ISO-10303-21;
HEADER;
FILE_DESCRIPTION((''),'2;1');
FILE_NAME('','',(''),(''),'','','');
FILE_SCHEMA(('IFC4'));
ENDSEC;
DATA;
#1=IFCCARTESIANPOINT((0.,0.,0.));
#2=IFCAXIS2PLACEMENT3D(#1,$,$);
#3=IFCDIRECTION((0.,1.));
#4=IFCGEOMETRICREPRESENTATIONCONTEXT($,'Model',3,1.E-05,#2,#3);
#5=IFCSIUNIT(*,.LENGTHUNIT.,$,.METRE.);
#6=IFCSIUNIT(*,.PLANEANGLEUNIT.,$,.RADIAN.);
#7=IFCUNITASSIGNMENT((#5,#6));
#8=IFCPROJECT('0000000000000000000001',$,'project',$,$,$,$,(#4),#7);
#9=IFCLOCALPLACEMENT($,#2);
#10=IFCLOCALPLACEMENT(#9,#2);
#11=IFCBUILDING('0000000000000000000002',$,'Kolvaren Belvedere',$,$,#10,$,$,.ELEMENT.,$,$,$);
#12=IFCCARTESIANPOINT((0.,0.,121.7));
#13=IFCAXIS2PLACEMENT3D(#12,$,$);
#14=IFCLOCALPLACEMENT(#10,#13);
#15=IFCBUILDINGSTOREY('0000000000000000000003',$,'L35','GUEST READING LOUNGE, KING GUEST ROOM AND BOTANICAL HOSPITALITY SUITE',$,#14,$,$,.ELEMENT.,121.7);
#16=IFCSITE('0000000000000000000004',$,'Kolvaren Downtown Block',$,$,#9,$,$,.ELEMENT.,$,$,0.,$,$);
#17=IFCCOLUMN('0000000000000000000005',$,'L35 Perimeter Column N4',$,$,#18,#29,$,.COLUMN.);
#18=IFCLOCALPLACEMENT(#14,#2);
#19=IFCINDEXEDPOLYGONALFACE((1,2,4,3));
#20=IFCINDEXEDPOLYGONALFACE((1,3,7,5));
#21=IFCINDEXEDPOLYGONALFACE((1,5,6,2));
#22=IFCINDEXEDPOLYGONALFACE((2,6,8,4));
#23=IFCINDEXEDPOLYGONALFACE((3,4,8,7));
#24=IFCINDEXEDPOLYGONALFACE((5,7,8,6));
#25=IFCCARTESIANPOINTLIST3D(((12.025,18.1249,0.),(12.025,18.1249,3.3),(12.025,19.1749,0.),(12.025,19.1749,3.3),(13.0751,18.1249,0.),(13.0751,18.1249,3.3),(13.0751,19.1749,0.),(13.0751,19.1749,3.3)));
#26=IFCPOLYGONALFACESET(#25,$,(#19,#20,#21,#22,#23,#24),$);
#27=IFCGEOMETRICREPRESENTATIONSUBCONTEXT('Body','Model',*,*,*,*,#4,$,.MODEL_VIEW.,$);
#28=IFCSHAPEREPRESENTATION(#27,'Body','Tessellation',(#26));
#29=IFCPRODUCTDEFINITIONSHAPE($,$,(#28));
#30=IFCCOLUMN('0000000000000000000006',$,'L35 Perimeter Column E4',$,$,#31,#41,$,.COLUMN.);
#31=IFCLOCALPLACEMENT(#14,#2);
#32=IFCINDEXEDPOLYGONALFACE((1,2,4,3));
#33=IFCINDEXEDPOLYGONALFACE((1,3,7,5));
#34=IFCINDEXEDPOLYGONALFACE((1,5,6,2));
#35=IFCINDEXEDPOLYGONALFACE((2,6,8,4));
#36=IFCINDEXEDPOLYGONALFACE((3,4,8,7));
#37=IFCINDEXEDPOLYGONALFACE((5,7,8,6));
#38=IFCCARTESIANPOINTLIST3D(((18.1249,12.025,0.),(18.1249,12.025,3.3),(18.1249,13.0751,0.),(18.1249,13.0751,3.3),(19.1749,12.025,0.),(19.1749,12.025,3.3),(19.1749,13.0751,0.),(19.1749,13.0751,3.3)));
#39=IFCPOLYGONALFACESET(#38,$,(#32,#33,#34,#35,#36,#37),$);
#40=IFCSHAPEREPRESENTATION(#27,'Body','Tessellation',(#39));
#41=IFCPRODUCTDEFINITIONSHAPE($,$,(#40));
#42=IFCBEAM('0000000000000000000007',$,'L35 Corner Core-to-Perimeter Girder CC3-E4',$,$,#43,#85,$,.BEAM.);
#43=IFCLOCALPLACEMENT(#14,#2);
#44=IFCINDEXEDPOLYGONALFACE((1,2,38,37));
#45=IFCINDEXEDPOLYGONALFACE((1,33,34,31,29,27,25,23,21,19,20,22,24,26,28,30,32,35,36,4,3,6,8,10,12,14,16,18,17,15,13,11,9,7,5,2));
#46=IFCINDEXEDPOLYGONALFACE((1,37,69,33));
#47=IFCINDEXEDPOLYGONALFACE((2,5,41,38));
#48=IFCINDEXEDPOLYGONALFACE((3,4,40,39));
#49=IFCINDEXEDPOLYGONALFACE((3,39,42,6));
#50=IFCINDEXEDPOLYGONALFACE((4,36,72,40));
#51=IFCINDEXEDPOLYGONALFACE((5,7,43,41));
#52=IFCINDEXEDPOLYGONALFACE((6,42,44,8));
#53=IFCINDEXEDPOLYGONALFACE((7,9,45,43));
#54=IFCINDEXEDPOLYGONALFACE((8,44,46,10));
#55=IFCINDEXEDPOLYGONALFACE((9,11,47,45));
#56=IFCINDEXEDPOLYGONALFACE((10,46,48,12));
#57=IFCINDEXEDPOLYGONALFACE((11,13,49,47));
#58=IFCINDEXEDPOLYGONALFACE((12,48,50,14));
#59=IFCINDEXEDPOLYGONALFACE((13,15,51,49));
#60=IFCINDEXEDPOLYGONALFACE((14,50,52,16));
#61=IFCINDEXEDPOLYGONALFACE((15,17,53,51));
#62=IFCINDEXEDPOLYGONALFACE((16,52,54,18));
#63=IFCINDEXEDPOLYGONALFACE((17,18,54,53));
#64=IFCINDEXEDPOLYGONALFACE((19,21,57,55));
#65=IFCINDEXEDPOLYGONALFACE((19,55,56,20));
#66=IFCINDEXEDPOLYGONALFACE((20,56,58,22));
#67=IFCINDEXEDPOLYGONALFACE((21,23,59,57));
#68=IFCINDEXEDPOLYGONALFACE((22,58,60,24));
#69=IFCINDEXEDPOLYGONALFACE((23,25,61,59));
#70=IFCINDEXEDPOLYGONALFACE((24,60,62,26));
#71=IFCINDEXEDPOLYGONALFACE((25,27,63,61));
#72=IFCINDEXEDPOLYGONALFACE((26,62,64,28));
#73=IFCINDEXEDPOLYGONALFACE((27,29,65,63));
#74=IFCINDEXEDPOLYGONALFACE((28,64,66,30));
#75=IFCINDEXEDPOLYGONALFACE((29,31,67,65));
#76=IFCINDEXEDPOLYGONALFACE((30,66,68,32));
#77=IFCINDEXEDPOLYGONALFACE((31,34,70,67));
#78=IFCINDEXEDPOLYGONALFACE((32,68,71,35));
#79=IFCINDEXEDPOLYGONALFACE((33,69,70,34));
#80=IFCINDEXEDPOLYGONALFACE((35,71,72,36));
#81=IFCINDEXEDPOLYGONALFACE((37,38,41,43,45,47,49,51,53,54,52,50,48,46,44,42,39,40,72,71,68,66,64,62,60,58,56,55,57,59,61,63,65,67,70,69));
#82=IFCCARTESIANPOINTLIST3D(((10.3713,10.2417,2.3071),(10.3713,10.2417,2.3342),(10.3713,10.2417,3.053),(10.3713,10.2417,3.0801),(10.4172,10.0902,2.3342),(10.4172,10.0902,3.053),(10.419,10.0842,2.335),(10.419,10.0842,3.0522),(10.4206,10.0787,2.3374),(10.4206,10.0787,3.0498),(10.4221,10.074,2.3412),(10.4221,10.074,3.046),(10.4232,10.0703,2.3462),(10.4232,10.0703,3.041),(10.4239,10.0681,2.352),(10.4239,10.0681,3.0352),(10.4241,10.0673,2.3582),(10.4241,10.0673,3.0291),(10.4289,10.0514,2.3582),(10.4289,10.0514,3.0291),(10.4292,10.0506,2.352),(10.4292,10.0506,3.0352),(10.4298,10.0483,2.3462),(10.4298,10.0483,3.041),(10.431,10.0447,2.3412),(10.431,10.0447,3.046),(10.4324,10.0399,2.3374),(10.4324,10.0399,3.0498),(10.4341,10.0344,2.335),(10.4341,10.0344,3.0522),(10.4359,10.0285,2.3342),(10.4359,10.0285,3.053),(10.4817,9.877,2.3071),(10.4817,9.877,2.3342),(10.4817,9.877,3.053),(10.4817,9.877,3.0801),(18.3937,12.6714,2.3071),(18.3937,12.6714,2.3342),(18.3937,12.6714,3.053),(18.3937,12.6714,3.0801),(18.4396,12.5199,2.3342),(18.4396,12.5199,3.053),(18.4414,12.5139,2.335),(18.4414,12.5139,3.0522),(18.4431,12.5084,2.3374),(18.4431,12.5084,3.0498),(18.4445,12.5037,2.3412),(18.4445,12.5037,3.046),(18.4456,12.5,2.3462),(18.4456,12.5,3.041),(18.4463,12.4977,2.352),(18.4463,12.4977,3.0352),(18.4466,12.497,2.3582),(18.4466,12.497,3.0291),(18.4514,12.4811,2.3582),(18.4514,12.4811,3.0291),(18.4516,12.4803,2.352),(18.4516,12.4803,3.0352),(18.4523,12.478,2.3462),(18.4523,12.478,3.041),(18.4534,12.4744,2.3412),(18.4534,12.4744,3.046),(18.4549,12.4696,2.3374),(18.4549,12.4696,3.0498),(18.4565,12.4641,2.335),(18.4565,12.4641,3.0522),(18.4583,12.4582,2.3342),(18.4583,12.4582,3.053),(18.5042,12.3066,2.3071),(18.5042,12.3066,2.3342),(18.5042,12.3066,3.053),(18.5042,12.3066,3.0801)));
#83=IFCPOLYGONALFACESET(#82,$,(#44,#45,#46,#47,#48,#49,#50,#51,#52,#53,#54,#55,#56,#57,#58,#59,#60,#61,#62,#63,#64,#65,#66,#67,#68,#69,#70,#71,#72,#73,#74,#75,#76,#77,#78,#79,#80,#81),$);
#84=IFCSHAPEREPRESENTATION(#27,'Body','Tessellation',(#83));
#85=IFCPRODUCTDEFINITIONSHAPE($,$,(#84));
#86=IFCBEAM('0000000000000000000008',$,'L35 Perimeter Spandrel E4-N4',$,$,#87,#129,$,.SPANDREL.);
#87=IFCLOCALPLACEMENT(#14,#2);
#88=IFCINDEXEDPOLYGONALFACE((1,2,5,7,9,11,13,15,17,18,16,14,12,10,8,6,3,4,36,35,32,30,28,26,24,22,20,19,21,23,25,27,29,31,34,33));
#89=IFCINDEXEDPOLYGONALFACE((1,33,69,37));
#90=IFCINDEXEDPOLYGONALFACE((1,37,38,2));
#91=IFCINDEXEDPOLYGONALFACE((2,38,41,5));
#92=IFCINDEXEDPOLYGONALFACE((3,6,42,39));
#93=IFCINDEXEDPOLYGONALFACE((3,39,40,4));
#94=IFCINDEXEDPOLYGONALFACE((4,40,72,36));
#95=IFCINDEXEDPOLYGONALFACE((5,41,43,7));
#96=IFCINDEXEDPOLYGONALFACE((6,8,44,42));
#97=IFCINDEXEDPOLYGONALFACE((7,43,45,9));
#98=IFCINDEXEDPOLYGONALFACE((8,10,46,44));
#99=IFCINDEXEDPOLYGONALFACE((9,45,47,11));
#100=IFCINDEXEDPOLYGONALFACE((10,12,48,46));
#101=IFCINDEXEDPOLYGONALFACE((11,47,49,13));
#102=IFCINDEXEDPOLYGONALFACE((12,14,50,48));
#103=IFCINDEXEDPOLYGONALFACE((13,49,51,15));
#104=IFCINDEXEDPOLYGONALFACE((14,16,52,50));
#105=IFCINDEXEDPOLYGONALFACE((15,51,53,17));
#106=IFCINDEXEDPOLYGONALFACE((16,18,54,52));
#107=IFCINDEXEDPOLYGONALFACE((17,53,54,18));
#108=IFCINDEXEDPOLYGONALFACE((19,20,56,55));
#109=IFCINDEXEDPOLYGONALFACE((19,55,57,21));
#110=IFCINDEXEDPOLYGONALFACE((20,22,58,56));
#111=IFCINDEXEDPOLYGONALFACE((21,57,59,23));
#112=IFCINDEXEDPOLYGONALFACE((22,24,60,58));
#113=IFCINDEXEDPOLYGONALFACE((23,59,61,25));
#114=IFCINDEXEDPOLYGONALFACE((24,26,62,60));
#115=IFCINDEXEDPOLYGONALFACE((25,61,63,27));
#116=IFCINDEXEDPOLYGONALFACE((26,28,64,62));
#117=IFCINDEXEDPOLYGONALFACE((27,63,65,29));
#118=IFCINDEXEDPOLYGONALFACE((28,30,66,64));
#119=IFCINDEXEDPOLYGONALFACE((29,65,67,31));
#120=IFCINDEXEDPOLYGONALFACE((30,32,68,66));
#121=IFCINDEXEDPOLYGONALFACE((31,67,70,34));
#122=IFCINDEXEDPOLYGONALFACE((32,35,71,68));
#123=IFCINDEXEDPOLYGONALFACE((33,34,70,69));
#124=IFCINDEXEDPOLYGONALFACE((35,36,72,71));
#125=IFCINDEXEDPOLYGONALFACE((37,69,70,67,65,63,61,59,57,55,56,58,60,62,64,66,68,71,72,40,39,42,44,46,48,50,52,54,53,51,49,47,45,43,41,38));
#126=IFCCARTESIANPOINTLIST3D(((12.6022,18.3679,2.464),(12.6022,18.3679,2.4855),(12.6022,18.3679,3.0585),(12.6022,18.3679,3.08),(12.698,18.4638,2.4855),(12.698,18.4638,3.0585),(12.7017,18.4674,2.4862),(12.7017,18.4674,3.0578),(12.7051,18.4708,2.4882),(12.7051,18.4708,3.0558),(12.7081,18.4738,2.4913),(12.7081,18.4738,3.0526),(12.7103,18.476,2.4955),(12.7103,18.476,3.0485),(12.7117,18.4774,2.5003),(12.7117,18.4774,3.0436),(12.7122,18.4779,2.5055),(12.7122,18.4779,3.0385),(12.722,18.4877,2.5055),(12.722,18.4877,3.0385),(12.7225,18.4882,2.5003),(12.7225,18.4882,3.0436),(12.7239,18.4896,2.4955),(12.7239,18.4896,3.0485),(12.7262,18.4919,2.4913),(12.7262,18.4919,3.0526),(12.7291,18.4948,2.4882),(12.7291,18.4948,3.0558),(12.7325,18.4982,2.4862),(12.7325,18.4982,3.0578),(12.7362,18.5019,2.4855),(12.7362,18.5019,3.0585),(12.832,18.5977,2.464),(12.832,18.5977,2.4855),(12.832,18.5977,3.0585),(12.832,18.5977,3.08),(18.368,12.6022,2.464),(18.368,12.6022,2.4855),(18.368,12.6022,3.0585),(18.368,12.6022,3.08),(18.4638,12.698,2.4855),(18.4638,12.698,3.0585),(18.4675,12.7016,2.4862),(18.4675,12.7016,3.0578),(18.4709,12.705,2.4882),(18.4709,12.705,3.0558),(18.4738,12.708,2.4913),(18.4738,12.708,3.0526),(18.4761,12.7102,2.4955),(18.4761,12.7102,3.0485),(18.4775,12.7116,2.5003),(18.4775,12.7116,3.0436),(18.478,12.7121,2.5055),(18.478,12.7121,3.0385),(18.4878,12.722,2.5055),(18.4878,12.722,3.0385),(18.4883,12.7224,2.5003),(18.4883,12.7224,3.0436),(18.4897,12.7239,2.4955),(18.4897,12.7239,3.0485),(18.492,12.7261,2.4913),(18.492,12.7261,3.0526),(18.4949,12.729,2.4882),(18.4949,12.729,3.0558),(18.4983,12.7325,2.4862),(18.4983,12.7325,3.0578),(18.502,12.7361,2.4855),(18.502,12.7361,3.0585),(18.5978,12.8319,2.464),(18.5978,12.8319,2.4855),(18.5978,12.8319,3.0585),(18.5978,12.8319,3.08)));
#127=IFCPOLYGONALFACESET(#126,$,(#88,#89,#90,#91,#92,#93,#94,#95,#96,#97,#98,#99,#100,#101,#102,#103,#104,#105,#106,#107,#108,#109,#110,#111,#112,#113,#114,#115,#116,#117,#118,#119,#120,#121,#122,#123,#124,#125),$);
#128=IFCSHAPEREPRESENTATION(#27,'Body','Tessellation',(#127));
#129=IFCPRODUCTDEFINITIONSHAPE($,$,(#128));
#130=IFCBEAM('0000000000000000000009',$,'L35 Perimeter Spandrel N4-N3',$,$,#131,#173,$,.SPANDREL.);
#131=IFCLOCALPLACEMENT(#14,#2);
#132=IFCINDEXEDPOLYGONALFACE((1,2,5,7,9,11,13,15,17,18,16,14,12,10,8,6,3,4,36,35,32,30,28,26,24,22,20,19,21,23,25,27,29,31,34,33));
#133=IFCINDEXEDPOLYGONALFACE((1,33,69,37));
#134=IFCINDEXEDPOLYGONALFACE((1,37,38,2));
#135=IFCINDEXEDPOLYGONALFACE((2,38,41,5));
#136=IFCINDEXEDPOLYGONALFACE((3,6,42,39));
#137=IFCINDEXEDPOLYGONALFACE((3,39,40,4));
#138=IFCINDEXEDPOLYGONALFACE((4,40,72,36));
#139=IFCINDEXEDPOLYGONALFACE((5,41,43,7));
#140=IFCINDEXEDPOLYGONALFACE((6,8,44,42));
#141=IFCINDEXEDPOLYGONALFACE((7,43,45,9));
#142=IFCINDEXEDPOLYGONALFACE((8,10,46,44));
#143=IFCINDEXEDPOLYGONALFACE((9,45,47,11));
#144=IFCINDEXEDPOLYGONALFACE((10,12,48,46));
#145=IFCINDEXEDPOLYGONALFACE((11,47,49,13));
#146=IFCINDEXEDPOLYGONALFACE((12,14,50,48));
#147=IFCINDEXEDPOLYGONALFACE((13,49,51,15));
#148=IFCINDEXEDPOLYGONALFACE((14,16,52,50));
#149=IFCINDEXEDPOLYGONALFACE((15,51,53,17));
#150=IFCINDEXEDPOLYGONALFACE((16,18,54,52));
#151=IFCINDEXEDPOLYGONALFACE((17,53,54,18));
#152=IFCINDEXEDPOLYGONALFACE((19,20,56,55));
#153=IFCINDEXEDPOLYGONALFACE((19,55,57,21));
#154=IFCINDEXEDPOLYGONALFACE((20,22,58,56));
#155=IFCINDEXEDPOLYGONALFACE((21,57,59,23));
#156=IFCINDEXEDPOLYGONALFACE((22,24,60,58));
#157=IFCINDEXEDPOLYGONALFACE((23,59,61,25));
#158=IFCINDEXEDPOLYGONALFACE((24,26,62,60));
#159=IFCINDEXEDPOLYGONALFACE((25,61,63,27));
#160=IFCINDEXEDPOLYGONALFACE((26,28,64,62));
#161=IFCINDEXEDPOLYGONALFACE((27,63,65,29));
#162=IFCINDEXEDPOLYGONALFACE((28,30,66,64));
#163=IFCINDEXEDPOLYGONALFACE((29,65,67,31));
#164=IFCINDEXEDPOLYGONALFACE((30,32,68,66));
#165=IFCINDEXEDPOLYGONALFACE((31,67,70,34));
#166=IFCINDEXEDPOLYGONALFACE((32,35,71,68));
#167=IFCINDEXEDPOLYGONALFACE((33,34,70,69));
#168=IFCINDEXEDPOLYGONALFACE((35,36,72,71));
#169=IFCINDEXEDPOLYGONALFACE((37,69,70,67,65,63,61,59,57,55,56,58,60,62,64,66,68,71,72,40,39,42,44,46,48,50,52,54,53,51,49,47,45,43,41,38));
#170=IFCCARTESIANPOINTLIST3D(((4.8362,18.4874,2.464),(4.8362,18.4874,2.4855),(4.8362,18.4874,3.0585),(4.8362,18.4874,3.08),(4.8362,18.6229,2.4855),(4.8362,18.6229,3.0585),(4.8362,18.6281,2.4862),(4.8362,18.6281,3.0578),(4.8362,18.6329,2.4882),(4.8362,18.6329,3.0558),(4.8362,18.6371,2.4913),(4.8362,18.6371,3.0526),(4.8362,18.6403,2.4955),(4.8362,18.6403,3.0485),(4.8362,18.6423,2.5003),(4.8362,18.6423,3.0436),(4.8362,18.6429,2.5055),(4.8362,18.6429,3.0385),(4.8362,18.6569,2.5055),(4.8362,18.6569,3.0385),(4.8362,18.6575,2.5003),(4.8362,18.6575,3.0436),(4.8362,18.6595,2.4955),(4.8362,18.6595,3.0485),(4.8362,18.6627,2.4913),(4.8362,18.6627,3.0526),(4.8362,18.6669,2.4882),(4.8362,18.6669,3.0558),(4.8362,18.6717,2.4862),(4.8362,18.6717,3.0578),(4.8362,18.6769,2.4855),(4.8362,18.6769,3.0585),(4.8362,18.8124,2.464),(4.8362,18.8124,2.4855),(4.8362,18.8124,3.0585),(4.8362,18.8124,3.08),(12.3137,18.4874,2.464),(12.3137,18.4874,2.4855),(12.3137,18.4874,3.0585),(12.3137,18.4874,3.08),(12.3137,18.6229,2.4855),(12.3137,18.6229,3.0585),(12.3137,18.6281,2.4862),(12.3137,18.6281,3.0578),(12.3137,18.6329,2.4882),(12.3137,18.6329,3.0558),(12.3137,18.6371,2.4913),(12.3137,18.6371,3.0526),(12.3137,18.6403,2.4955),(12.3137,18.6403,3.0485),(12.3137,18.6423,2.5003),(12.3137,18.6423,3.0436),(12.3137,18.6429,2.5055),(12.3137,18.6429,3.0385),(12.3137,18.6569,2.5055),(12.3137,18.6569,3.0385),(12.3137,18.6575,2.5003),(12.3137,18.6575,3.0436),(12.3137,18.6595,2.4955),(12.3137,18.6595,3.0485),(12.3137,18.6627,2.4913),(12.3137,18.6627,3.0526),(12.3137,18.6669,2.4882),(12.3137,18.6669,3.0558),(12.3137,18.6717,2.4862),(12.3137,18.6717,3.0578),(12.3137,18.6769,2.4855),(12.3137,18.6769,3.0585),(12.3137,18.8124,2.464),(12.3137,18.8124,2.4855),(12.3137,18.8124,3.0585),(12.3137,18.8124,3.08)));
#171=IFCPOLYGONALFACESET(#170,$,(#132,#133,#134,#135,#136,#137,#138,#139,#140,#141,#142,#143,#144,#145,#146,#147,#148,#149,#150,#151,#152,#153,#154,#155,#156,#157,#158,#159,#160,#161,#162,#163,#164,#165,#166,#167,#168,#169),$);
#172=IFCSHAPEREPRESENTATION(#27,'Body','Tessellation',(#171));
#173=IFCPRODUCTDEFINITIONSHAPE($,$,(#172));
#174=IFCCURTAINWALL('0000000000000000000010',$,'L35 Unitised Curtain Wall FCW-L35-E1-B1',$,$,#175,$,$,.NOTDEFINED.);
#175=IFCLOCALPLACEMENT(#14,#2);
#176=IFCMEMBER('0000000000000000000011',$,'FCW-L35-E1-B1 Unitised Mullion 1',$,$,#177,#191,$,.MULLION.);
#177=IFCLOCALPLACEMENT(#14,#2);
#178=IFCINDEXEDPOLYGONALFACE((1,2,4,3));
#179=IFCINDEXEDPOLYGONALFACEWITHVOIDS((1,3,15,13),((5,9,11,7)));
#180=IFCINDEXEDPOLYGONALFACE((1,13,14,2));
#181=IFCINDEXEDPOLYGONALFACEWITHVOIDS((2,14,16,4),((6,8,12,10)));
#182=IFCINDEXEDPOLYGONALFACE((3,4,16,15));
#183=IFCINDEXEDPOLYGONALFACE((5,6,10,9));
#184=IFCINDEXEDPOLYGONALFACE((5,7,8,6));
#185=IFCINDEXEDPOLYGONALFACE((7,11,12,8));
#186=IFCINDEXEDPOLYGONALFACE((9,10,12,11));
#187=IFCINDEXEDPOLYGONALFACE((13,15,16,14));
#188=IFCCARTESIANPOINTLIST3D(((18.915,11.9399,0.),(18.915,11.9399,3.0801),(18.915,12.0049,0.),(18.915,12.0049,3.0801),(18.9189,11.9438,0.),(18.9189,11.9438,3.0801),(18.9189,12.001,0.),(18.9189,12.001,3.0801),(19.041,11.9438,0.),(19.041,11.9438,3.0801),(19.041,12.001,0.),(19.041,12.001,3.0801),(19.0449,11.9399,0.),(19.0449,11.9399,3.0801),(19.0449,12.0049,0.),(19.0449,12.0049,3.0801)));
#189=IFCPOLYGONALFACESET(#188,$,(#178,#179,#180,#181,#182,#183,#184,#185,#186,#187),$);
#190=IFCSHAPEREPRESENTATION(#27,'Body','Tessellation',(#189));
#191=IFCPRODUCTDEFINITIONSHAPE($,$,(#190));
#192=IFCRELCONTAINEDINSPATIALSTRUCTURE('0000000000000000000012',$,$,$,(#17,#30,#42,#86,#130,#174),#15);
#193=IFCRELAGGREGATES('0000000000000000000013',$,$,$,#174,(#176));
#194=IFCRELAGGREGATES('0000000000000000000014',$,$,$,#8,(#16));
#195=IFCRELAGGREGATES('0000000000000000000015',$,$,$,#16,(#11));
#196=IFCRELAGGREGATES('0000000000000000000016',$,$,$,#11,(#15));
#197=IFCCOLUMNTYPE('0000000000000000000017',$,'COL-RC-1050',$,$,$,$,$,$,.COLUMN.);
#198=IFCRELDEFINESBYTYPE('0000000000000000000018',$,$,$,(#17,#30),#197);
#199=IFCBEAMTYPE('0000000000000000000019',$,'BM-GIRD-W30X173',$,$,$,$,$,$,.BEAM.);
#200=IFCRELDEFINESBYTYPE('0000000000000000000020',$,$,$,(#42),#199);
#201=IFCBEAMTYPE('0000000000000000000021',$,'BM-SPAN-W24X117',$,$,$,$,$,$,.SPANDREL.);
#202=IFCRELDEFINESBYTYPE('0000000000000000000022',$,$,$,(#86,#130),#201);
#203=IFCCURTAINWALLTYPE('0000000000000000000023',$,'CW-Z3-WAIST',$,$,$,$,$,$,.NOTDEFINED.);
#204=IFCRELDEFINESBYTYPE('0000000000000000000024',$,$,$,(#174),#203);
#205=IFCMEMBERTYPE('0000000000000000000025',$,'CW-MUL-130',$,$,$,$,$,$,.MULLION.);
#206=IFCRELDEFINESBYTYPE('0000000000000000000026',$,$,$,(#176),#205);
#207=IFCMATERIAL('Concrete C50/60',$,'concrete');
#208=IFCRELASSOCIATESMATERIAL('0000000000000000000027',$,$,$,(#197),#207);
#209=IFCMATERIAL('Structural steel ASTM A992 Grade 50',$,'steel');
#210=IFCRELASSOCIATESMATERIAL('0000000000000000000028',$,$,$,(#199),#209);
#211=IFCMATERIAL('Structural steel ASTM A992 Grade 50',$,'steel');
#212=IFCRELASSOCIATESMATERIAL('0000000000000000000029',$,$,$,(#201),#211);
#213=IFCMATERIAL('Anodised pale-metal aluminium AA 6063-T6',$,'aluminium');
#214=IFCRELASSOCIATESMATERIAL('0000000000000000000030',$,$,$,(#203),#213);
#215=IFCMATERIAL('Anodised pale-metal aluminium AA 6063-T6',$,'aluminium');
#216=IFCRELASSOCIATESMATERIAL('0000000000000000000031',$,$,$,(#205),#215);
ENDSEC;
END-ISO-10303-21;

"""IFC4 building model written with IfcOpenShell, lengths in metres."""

from ifc_helpers import new_model, si_unit, direction, frame, origin, origin_2d, place, context, subcontext, project, spatial, rectangle, hollow_rectangle, i_section, extrude, material, material_profile, profile_set, type_object, element, aggregate, save


model = new_model("IFC4")

# Units and contexts
model_context = context("Model", 3, precision=1e-05, world=origin(), true_north=direction((0.0, 1.0)))
body_context = subcontext(model_context, "Body", "Model", "MODEL_VIEW")
ifc_project = project(units=[si_unit("LENGTHUNIT", "METRE"), si_unit("PLANEANGLEUNIT", "RADIAN")], contexts=[model_context])

# Site, building, storey
site_placement = place(None, origin())
site = spatial("IfcSite", under=ifc_project, at=site_placement, Name="Kolvaren Downtown Block", CompositionType="ELEMENT", RefElevation=0.0)
building_placement = place(site_placement, origin())
building = spatial("IfcBuilding", under=site, at=building_placement, Name="Kolvaren Belvedere", CompositionType="ELEMENT")
storey_placement = place(building_placement, frame((0.0, 0.0, 121.7)))
storey = spatial("IfcBuildingStorey", under=building, at=storey_placement, Name="L35", Description="GUEST READING LOUNGE, KING GUEST ROOM AND BOTANICAL HOSPITALITY SUITE", CompositionType="ELEMENT", Elevation=121.7)

# Columns
ifc_material_1 = material(Name="Concrete C50/60", Category="concrete")
ifc_material_profile_1 = material_profile(ifc_material_1, rectangle(XDim=1.05, YDim=1.05, at=origin_2d()), Name="RC 1050X1050")
ifc_profile_set_1 = profile_set([ifc_material_profile_1], Name="Concrete C50/60")
column_type = type_object("IfcColumnType", Name="COL-RC-1050", PredefinedType="COLUMN", material=ifc_profile_set_1)
for number, where, z_axis, x_axis, name in (
    (1, (12.55, 18.6499, 0.0), (0.0, 0.0, 1.0), (1.0, 0.0, 0.0), "L35 Perimeter Column N4"),
    (2, (18.6499, 12.55, 0.0), (0.0, 0.0, 1.0), (1.0, 0.0, 0.0), "L35 Perimeter Column E4"),
):
    element("IfcColumn", number, at=place(storey_placement, frame(where, z_axis=z_axis, x_axis=x_axis)), inside=storey, type_object=column_type, Name=name, PredefinedType="COLUMN", context=body_context, shape_type="SweptSolid", body=[
        extrude(rectangle(XDim=1.05, YDim=1.05, at=origin_2d()), origin(), (0.0, 0.0, 1.0), 3.3),
    ])

# Beams
ifc_material_2 = material(Name="Structural steel ASTM A992 Grade 50", Category="steel")
ifc_material_profile_2 = material_profile(ifc_material_2, i_section(OverallWidth=0.3811, OverallDepth=0.7729, WebThickness=0.0166, FlangeThickness=0.0271, FilletRadius=0.0239, at=origin_2d()), Name="W30X173")
ifc_profile_set_2 = profile_set([ifc_material_profile_2], Name="Structural steel ASTM A992 Grade 50")
beam_type_1 = type_object("IfcBeamType", Name="BM-GIRD-W30X173", PredefinedType="BEAM", material=ifc_profile_set_2)
beam_1_placement = place(storey_placement, frame((10.4265, 10.0593, 2.6936), z_axis=(0.957069, 0.289859, 0.0), x_axis=(-0.289859, 0.957069, 0.0)))
element("IfcBeam", 3, at=beam_1_placement, inside=storey, type_object=beam_type_1, Name="L35 Corner Core-to-Perimeter Girder CC3-E4", PredefinedType="BEAM", context=body_context, shape_type="SweptSolid", body=[
    extrude(i_section(OverallWidth=0.3811, OverallDepth=0.7729, WebThickness=0.0166, FlangeThickness=0.0271, FilletRadius=0.0239, at=origin_2d()), origin(), (0.0, 0.0, 1.0), 8.3823),
])
ifc_material_3 = material(Name="Structural steel ASTM A992 Grade 50", Category="steel")
ifc_material_profile_3 = material_profile(ifc_material_3, i_section(OverallWidth=0.325, OverallDepth=0.616, WebThickness=0.0139, FlangeThickness=0.0215, FilletRadius=0.02, at=origin_2d()), Name="W24X117")
ifc_profile_set_3 = profile_set([ifc_material_profile_3], Name="Structural steel ASTM A992 Grade 50")
beam_type_2 = type_object("IfcBeamType", Name="BM-SPAN-W24X117", PredefinedType="SPANDREL", material=ifc_profile_set_3)
beam_2_placement = place(storey_placement, frame((18.4829, 12.717, 2.772), z_axis=(-0.707107, 0.707107, 0.0), x_axis=(-0.707107, -0.707107, 0.0)))
element("IfcBeam", 4, at=beam_2_placement, inside=storey, type_object=beam_type_2, Name="L35 Perimeter Spandrel E4-N4", PredefinedType="SPANDREL", context=body_context, shape_type="SweptSolid", body=[
    extrude(i_section(OverallWidth=0.325, OverallDepth=0.616, WebThickness=0.0139, FlangeThickness=0.0215, FilletRadius=0.02, at=origin_2d()), origin(), (0.0, 0.0, 1.0), 8.1541),
])
beam_3_placement = place(storey_placement, frame((12.3137, 18.6499, 2.772), z_axis=(-1.0, 0.0, 0.0), x_axis=(0.0, -1.0, 0.0)))
element("IfcBeam", 5, at=beam_3_placement, inside=storey, type_object=beam_type_2, Name="L35 Perimeter Spandrel N4-N3", PredefinedType="SPANDREL", context=body_context, shape_type="SweptSolid", body=[
    extrude(i_section(OverallWidth=0.325, OverallDepth=0.616, WebThickness=0.0139, FlangeThickness=0.0215, FilletRadius=0.02, at=origin_2d()), origin(), (0.0, 0.0, 1.0), 7.4775),
])

# Curtain wall, member
ifc_material_4 = material(Name="Anodised pale-metal aluminium AA 6063-T6", Category="aluminium")
curtain_wall_type = type_object("IfcCurtainWallType", Name="CW-Z3-WAIST", PredefinedType="NOTDEFINED", material=ifc_material_4)
curtain_wall_1_placement = place(storey_placement, origin())
curtain_wall_1 = element("IfcCurtainWall", 6, at=curtain_wall_1_placement, inside=storey, type_object=curtain_wall_type, Name="L35 Unitised Curtain Wall FCW-L35-E1-B1", PredefinedType="NOTDEFINED")
ifc_material_5 = material(Name="Anodised pale-metal aluminium AA 6063-T6", Category="aluminium")
ifc_material_profile_4 = material_profile(ifc_material_5, hollow_rectangle(XDim=0.0649, YDim=0.1299, WallThickness=0.0039, at=origin_2d()), Name="ALU-MUL-130X65")
ifc_profile_set_4 = profile_set([ifc_material_profile_4], Name="Anodised pale-metal aluminium AA 6063-T6")
member_type_1 = type_object("IfcMemberType", Name="CW-MUL-130", PredefinedType="MULLION", material=ifc_profile_set_4)
member_1_placement = place(storey_placement, frame((18.98, 11.9724, 0.0), z_axis=(0.0, 0.0, 1.0), x_axis=(0.0, 1.0, 0.0)))
member_1 = element("IfcMember", 7, at=member_1_placement, type_object=member_type_1, Name="FCW-L35-E1-B1 Unitised Mullion 1", PredefinedType="MULLION", context=body_context, shape_type="SweptSolid", body=[
    extrude(hollow_rectangle(XDim=0.0649, YDim=0.1299, WallThickness=0.0039, at=origin_2d()), origin(), (0.0, 0.0, 1.0), 3.0801),
])

aggregate(curtain_wall_1, [member_1])

save(model, "model.ifc")
